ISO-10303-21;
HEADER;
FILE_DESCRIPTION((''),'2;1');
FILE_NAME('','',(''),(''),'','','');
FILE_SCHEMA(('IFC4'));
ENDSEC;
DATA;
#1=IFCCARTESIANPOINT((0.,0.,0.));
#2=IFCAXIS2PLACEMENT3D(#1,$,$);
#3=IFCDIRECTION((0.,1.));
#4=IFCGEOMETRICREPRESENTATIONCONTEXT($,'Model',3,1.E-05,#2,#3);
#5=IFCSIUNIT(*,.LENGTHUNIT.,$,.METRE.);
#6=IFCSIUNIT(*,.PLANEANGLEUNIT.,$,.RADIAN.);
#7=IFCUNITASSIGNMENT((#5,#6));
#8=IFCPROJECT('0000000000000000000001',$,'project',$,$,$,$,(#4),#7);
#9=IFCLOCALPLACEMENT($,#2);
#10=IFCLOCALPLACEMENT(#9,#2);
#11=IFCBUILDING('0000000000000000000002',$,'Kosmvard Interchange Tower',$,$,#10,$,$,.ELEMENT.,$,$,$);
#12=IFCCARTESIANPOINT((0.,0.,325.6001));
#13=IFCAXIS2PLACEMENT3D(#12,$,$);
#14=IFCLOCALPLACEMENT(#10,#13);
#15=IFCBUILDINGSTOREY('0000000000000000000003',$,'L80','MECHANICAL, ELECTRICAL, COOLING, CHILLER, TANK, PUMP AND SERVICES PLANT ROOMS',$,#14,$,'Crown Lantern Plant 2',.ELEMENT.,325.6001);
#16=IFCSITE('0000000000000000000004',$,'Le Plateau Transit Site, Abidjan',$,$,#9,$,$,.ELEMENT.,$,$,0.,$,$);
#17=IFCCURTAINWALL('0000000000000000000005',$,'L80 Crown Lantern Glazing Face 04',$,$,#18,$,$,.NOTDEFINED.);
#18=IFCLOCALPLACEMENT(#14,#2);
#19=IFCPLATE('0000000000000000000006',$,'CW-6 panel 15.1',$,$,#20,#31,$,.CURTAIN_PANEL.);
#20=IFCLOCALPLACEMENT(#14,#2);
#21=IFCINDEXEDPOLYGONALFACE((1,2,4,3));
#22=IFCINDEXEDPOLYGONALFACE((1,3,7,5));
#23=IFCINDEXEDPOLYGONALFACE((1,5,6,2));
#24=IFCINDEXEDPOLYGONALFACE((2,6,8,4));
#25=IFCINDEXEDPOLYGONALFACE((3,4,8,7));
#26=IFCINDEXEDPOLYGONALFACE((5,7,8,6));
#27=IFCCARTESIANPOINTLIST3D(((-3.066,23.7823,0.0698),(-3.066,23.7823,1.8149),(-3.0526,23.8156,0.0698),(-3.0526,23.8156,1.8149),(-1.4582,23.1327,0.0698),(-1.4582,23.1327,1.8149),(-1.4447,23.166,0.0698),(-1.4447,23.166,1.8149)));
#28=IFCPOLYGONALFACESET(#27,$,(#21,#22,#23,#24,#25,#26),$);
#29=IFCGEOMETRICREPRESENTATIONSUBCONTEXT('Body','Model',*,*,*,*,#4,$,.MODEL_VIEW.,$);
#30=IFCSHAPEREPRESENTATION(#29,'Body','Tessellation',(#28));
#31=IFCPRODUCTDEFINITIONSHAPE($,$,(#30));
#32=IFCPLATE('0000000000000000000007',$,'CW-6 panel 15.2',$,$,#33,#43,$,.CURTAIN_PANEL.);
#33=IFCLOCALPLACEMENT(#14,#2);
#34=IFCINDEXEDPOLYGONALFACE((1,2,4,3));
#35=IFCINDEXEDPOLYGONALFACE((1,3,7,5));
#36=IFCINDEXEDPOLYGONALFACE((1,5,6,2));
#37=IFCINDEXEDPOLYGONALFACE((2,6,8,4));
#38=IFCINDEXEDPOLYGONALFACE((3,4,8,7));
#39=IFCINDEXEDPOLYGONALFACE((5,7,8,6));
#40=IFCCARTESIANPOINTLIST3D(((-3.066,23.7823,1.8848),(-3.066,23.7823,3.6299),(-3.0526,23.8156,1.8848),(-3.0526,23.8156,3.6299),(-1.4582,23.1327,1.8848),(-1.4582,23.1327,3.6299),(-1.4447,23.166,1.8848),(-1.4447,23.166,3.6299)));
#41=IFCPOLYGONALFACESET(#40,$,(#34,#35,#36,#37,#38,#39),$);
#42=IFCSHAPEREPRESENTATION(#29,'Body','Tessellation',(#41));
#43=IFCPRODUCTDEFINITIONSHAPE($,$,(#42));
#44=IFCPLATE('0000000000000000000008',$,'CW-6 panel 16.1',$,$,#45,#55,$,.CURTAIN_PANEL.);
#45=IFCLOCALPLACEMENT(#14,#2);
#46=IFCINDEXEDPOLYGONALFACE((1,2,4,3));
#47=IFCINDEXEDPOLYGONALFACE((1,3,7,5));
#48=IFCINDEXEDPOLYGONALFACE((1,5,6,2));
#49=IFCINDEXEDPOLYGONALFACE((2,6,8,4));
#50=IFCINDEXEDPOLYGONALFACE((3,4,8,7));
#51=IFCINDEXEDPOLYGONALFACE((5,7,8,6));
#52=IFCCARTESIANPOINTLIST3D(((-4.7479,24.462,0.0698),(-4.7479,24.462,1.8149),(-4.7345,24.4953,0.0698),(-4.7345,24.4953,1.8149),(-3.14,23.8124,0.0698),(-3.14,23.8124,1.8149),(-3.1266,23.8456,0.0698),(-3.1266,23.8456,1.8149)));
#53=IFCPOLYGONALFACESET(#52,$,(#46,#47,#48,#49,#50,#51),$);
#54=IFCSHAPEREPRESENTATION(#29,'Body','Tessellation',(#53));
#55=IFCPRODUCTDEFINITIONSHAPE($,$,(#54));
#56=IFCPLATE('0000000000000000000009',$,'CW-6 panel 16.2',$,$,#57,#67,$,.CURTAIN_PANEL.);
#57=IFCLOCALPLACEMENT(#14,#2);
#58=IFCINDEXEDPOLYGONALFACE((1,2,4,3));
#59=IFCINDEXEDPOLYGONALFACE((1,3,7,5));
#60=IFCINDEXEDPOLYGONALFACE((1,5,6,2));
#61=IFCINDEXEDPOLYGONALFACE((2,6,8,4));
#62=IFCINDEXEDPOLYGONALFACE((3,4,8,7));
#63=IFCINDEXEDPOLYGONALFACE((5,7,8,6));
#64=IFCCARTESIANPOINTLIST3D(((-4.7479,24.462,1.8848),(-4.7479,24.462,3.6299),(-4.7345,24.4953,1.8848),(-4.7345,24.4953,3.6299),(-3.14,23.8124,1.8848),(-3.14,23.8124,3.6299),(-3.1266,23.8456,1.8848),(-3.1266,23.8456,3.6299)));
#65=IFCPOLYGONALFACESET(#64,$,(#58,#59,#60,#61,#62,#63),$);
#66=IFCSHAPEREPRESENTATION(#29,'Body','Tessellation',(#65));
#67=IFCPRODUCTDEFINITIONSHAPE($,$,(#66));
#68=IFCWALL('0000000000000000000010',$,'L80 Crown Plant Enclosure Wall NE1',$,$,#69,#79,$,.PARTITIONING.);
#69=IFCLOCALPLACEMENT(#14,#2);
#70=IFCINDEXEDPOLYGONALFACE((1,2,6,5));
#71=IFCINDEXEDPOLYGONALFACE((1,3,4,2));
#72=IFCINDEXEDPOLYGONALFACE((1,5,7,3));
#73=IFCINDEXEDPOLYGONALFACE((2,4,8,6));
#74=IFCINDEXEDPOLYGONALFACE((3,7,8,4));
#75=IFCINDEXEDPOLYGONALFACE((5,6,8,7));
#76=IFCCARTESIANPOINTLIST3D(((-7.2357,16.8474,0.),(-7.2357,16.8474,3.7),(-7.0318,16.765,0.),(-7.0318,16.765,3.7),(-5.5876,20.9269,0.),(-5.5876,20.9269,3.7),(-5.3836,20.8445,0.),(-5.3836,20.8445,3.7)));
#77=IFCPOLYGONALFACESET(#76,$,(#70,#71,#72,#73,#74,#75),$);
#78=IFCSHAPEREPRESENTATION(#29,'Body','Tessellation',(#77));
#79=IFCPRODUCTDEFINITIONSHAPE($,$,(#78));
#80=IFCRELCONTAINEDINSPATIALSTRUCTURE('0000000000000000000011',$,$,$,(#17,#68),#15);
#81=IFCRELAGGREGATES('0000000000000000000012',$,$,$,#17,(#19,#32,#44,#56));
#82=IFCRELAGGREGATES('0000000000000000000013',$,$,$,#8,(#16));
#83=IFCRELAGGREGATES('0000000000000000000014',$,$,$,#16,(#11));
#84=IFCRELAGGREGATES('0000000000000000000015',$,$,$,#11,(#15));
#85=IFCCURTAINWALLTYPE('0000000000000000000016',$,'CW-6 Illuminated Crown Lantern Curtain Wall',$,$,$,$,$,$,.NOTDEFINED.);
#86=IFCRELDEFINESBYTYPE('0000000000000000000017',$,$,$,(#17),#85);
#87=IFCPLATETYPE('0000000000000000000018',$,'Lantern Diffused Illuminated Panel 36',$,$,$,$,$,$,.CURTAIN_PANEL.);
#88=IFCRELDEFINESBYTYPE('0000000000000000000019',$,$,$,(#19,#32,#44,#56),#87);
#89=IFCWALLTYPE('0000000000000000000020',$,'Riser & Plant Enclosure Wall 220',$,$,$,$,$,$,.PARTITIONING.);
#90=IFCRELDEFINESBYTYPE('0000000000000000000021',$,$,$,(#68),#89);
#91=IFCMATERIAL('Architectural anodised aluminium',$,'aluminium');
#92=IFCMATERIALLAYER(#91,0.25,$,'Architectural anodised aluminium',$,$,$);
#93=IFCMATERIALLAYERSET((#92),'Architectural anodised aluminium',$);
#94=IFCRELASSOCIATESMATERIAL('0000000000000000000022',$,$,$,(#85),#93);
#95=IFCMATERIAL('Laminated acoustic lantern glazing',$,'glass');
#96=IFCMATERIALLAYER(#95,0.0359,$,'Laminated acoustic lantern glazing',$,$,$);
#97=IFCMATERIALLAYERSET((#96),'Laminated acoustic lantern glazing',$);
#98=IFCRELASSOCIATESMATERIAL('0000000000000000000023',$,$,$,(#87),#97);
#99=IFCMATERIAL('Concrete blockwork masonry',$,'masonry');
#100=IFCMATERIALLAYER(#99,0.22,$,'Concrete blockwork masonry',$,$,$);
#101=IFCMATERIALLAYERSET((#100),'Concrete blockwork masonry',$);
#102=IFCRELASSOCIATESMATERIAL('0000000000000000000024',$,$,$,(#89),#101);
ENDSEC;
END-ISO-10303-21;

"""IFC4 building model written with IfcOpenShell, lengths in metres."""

from ifc_helpers import new_model, si_unit, direction, frame, frame_2d, origin, origin_2d, place, context, subcontext, project, spatial, rectangle, extrude, source, transform, mapped, material, layer, layer_set, type_object, element, aggregate, save


model = new_model("IFC4")

# Units and contexts
model_context = context("Model", 3, precision=1e-05, world=origin(), true_north=direction((0.0, 1.0)))
body_context = subcontext(model_context, "Body", "Model", "MODEL_VIEW")
ifc_project = project(units=[si_unit("LENGTHUNIT", "METRE"), si_unit("PLANEANGLEUNIT", "RADIAN")], contexts=[model_context])

# Site, building, storey
site_placement = place(None, origin())
site = spatial("IfcSite", under=ifc_project, at=site_placement, Name="Le Plateau Transit Site, Abidjan", CompositionType="ELEMENT", RefElevation=0.0)
building_placement = place(site_placement, origin())
building = spatial("IfcBuilding", under=site, at=building_placement, Name="Kosmvard Interchange Tower", CompositionType="ELEMENT")
storey_placement = place(building_placement, frame((0.0, 0.0, 325.6001)))
storey = spatial("IfcBuildingStorey", under=building, at=storey_placement, Name="L80", Description="MECHANICAL, ELECTRICAL, COOLING, CHILLER, TANK, PUMP AND SERVICES PLANT ROOMS", LongName="Crown Lantern Plant 2", CompositionType="ELEMENT", Elevation=325.6001)

# Curtain wall
ifc_material_1 = material(Name="Architectural anodised aluminium", Category="aluminium")
ifc_layer_1 = layer(ifc_material_1, 0.25, Name="Architectural anodised aluminium")
ifc_layer_set_1 = layer_set([ifc_layer_1], Name="Architectural anodised aluminium")
curtain_wall_type = type_object("IfcCurtainWallType", Name="CW-6 Illuminated Crown Lantern Curtain Wall", PredefinedType="NOTDEFINED", material=ifc_layer_set_1)
curtain_wall_placement = place(storey_placement, origin())
curtain_wall = element("IfcCurtainWall", 1, at=curtain_wall_placement, inside=storey, type_object=curtain_wall_type, Name="L80 Crown Lantern Glazing Face 04", PredefinedType="NOTDEFINED")

# Plates
ifc_material_2 = material(Name="Laminated acoustic lantern glazing", Category="glass")
ifc_layer_2 = layer(ifc_material_2, 0.0359, Name="Laminated acoustic lantern glazing")
ifc_layer_set_2 = layer_set([ifc_layer_2], Name="Laminated acoustic lantern glazing")
plate_type_1 = type_object("IfcPlateType", Name="Lantern Diffused Illuminated Panel 36", PredefinedType="CURTAIN_PANEL", material=ifc_layer_set_2)
shared_shape_1 = source(origin(), body_context, "Body", "SweptSolid", [
    extrude(rectangle(XDim=1.7341, YDim=0.0359, at=origin_2d()), origin(), (0.0, 0.0, 1.0), 1.7451),
])
plate_1_placement = place(storey_placement, frame((-2.2554, 23.4741, 0.0698), z_axis=(0.0, 0.0, 1.0), x_axis=(-0.927184, 0.374607, 0.0)))
plate_1 = element("IfcPlate", 2, at=plate_1_placement, type_object=plate_type_1, Name="CW-6 panel 15.1", PredefinedType="CURTAIN_PANEL", context=body_context, shape_type="MappedRepresentation", body=[
    mapped(shared_shape_1, transform((0.0, 0.0, 0.0), scale=1.0)),
])
plate_2_placement = place(storey_placement, frame((-2.2554, 23.4741, 1.8848), z_axis=(0.0, 0.0, 1.0), x_axis=(-0.927184, 0.374607, 0.0)))
plate_2 = element("IfcPlate", 3, at=plate_2_placement, type_object=plate_type_1, Name="CW-6 panel 15.2", PredefinedType="CURTAIN_PANEL", context=body_context, shape_type="MappedRepresentation", body=[
    mapped(shared_shape_1, transform((0.0, 0.0, 0.0), scale=1.0)),
])
plate_3_placement = place(storey_placement, frame((-3.9373, 24.1538, 0.0698), z_axis=(0.0, 0.0, 1.0), x_axis=(-0.927184, 0.374607, 0.0)))
plate_3 = element("IfcPlate", 4, at=plate_3_placement, type_object=plate_type_1, Name="CW-6 panel 16.1", PredefinedType="CURTAIN_PANEL", context=body_context, shape_type="MappedRepresentation", body=[
    mapped(shared_shape_1, transform((0.0, 0.0, 0.0), scale=1.0)),
])
plate_4_placement = place(storey_placement, frame((-3.9373, 24.1538, 1.8848), z_axis=(0.0, 0.0, 1.0), x_axis=(-0.927184, 0.374607, 0.0)))
plate_4 = element("IfcPlate", 5, at=plate_4_placement, type_object=plate_type_1, Name="CW-6 panel 16.2", PredefinedType="CURTAIN_PANEL", context=body_context, shape_type="MappedRepresentation", body=[
    mapped(shared_shape_1, transform((0.0, 0.0, 0.0), scale=1.0)),
])
aggregate(curtain_wall, [plate_1, plate_2, plate_3, plate_4])

# Wall
ifc_material_3 = material(Name="Concrete blockwork masonry", Category="masonry")
ifc_layer_3 = layer(ifc_material_3, 0.22, Name="Concrete blockwork masonry")
ifc_layer_set_3 = layer_set([ifc_layer_3], Name="Concrete blockwork masonry")
wall_type = type_object("IfcWallType", Name="Riser & Plant Enclosure Wall 220", PredefinedType="PARTITIONING", material=ifc_layer_set_3)
wall_placement = place(storey_placement, frame((-5.4856, 20.8857, 0.0), z_axis=(0.0, 0.0, 1.0), x_axis=(-0.374593, -0.927189, 0.0)))
element("IfcWall", 6, at=wall_placement, inside=storey, type_object=wall_type, Name="L80 Crown Plant Enclosure Wall NE1", PredefinedType="PARTITIONING", context=body_context, shape_type="SweptSolid", body=[
    extrude(rectangle(XDim=4.3999, YDim=0.22, at=frame_2d((2.2, 0.0))), origin(), (0.0, 0.0, 1.0), 3.7),
])

save(model, "model.ifc")
